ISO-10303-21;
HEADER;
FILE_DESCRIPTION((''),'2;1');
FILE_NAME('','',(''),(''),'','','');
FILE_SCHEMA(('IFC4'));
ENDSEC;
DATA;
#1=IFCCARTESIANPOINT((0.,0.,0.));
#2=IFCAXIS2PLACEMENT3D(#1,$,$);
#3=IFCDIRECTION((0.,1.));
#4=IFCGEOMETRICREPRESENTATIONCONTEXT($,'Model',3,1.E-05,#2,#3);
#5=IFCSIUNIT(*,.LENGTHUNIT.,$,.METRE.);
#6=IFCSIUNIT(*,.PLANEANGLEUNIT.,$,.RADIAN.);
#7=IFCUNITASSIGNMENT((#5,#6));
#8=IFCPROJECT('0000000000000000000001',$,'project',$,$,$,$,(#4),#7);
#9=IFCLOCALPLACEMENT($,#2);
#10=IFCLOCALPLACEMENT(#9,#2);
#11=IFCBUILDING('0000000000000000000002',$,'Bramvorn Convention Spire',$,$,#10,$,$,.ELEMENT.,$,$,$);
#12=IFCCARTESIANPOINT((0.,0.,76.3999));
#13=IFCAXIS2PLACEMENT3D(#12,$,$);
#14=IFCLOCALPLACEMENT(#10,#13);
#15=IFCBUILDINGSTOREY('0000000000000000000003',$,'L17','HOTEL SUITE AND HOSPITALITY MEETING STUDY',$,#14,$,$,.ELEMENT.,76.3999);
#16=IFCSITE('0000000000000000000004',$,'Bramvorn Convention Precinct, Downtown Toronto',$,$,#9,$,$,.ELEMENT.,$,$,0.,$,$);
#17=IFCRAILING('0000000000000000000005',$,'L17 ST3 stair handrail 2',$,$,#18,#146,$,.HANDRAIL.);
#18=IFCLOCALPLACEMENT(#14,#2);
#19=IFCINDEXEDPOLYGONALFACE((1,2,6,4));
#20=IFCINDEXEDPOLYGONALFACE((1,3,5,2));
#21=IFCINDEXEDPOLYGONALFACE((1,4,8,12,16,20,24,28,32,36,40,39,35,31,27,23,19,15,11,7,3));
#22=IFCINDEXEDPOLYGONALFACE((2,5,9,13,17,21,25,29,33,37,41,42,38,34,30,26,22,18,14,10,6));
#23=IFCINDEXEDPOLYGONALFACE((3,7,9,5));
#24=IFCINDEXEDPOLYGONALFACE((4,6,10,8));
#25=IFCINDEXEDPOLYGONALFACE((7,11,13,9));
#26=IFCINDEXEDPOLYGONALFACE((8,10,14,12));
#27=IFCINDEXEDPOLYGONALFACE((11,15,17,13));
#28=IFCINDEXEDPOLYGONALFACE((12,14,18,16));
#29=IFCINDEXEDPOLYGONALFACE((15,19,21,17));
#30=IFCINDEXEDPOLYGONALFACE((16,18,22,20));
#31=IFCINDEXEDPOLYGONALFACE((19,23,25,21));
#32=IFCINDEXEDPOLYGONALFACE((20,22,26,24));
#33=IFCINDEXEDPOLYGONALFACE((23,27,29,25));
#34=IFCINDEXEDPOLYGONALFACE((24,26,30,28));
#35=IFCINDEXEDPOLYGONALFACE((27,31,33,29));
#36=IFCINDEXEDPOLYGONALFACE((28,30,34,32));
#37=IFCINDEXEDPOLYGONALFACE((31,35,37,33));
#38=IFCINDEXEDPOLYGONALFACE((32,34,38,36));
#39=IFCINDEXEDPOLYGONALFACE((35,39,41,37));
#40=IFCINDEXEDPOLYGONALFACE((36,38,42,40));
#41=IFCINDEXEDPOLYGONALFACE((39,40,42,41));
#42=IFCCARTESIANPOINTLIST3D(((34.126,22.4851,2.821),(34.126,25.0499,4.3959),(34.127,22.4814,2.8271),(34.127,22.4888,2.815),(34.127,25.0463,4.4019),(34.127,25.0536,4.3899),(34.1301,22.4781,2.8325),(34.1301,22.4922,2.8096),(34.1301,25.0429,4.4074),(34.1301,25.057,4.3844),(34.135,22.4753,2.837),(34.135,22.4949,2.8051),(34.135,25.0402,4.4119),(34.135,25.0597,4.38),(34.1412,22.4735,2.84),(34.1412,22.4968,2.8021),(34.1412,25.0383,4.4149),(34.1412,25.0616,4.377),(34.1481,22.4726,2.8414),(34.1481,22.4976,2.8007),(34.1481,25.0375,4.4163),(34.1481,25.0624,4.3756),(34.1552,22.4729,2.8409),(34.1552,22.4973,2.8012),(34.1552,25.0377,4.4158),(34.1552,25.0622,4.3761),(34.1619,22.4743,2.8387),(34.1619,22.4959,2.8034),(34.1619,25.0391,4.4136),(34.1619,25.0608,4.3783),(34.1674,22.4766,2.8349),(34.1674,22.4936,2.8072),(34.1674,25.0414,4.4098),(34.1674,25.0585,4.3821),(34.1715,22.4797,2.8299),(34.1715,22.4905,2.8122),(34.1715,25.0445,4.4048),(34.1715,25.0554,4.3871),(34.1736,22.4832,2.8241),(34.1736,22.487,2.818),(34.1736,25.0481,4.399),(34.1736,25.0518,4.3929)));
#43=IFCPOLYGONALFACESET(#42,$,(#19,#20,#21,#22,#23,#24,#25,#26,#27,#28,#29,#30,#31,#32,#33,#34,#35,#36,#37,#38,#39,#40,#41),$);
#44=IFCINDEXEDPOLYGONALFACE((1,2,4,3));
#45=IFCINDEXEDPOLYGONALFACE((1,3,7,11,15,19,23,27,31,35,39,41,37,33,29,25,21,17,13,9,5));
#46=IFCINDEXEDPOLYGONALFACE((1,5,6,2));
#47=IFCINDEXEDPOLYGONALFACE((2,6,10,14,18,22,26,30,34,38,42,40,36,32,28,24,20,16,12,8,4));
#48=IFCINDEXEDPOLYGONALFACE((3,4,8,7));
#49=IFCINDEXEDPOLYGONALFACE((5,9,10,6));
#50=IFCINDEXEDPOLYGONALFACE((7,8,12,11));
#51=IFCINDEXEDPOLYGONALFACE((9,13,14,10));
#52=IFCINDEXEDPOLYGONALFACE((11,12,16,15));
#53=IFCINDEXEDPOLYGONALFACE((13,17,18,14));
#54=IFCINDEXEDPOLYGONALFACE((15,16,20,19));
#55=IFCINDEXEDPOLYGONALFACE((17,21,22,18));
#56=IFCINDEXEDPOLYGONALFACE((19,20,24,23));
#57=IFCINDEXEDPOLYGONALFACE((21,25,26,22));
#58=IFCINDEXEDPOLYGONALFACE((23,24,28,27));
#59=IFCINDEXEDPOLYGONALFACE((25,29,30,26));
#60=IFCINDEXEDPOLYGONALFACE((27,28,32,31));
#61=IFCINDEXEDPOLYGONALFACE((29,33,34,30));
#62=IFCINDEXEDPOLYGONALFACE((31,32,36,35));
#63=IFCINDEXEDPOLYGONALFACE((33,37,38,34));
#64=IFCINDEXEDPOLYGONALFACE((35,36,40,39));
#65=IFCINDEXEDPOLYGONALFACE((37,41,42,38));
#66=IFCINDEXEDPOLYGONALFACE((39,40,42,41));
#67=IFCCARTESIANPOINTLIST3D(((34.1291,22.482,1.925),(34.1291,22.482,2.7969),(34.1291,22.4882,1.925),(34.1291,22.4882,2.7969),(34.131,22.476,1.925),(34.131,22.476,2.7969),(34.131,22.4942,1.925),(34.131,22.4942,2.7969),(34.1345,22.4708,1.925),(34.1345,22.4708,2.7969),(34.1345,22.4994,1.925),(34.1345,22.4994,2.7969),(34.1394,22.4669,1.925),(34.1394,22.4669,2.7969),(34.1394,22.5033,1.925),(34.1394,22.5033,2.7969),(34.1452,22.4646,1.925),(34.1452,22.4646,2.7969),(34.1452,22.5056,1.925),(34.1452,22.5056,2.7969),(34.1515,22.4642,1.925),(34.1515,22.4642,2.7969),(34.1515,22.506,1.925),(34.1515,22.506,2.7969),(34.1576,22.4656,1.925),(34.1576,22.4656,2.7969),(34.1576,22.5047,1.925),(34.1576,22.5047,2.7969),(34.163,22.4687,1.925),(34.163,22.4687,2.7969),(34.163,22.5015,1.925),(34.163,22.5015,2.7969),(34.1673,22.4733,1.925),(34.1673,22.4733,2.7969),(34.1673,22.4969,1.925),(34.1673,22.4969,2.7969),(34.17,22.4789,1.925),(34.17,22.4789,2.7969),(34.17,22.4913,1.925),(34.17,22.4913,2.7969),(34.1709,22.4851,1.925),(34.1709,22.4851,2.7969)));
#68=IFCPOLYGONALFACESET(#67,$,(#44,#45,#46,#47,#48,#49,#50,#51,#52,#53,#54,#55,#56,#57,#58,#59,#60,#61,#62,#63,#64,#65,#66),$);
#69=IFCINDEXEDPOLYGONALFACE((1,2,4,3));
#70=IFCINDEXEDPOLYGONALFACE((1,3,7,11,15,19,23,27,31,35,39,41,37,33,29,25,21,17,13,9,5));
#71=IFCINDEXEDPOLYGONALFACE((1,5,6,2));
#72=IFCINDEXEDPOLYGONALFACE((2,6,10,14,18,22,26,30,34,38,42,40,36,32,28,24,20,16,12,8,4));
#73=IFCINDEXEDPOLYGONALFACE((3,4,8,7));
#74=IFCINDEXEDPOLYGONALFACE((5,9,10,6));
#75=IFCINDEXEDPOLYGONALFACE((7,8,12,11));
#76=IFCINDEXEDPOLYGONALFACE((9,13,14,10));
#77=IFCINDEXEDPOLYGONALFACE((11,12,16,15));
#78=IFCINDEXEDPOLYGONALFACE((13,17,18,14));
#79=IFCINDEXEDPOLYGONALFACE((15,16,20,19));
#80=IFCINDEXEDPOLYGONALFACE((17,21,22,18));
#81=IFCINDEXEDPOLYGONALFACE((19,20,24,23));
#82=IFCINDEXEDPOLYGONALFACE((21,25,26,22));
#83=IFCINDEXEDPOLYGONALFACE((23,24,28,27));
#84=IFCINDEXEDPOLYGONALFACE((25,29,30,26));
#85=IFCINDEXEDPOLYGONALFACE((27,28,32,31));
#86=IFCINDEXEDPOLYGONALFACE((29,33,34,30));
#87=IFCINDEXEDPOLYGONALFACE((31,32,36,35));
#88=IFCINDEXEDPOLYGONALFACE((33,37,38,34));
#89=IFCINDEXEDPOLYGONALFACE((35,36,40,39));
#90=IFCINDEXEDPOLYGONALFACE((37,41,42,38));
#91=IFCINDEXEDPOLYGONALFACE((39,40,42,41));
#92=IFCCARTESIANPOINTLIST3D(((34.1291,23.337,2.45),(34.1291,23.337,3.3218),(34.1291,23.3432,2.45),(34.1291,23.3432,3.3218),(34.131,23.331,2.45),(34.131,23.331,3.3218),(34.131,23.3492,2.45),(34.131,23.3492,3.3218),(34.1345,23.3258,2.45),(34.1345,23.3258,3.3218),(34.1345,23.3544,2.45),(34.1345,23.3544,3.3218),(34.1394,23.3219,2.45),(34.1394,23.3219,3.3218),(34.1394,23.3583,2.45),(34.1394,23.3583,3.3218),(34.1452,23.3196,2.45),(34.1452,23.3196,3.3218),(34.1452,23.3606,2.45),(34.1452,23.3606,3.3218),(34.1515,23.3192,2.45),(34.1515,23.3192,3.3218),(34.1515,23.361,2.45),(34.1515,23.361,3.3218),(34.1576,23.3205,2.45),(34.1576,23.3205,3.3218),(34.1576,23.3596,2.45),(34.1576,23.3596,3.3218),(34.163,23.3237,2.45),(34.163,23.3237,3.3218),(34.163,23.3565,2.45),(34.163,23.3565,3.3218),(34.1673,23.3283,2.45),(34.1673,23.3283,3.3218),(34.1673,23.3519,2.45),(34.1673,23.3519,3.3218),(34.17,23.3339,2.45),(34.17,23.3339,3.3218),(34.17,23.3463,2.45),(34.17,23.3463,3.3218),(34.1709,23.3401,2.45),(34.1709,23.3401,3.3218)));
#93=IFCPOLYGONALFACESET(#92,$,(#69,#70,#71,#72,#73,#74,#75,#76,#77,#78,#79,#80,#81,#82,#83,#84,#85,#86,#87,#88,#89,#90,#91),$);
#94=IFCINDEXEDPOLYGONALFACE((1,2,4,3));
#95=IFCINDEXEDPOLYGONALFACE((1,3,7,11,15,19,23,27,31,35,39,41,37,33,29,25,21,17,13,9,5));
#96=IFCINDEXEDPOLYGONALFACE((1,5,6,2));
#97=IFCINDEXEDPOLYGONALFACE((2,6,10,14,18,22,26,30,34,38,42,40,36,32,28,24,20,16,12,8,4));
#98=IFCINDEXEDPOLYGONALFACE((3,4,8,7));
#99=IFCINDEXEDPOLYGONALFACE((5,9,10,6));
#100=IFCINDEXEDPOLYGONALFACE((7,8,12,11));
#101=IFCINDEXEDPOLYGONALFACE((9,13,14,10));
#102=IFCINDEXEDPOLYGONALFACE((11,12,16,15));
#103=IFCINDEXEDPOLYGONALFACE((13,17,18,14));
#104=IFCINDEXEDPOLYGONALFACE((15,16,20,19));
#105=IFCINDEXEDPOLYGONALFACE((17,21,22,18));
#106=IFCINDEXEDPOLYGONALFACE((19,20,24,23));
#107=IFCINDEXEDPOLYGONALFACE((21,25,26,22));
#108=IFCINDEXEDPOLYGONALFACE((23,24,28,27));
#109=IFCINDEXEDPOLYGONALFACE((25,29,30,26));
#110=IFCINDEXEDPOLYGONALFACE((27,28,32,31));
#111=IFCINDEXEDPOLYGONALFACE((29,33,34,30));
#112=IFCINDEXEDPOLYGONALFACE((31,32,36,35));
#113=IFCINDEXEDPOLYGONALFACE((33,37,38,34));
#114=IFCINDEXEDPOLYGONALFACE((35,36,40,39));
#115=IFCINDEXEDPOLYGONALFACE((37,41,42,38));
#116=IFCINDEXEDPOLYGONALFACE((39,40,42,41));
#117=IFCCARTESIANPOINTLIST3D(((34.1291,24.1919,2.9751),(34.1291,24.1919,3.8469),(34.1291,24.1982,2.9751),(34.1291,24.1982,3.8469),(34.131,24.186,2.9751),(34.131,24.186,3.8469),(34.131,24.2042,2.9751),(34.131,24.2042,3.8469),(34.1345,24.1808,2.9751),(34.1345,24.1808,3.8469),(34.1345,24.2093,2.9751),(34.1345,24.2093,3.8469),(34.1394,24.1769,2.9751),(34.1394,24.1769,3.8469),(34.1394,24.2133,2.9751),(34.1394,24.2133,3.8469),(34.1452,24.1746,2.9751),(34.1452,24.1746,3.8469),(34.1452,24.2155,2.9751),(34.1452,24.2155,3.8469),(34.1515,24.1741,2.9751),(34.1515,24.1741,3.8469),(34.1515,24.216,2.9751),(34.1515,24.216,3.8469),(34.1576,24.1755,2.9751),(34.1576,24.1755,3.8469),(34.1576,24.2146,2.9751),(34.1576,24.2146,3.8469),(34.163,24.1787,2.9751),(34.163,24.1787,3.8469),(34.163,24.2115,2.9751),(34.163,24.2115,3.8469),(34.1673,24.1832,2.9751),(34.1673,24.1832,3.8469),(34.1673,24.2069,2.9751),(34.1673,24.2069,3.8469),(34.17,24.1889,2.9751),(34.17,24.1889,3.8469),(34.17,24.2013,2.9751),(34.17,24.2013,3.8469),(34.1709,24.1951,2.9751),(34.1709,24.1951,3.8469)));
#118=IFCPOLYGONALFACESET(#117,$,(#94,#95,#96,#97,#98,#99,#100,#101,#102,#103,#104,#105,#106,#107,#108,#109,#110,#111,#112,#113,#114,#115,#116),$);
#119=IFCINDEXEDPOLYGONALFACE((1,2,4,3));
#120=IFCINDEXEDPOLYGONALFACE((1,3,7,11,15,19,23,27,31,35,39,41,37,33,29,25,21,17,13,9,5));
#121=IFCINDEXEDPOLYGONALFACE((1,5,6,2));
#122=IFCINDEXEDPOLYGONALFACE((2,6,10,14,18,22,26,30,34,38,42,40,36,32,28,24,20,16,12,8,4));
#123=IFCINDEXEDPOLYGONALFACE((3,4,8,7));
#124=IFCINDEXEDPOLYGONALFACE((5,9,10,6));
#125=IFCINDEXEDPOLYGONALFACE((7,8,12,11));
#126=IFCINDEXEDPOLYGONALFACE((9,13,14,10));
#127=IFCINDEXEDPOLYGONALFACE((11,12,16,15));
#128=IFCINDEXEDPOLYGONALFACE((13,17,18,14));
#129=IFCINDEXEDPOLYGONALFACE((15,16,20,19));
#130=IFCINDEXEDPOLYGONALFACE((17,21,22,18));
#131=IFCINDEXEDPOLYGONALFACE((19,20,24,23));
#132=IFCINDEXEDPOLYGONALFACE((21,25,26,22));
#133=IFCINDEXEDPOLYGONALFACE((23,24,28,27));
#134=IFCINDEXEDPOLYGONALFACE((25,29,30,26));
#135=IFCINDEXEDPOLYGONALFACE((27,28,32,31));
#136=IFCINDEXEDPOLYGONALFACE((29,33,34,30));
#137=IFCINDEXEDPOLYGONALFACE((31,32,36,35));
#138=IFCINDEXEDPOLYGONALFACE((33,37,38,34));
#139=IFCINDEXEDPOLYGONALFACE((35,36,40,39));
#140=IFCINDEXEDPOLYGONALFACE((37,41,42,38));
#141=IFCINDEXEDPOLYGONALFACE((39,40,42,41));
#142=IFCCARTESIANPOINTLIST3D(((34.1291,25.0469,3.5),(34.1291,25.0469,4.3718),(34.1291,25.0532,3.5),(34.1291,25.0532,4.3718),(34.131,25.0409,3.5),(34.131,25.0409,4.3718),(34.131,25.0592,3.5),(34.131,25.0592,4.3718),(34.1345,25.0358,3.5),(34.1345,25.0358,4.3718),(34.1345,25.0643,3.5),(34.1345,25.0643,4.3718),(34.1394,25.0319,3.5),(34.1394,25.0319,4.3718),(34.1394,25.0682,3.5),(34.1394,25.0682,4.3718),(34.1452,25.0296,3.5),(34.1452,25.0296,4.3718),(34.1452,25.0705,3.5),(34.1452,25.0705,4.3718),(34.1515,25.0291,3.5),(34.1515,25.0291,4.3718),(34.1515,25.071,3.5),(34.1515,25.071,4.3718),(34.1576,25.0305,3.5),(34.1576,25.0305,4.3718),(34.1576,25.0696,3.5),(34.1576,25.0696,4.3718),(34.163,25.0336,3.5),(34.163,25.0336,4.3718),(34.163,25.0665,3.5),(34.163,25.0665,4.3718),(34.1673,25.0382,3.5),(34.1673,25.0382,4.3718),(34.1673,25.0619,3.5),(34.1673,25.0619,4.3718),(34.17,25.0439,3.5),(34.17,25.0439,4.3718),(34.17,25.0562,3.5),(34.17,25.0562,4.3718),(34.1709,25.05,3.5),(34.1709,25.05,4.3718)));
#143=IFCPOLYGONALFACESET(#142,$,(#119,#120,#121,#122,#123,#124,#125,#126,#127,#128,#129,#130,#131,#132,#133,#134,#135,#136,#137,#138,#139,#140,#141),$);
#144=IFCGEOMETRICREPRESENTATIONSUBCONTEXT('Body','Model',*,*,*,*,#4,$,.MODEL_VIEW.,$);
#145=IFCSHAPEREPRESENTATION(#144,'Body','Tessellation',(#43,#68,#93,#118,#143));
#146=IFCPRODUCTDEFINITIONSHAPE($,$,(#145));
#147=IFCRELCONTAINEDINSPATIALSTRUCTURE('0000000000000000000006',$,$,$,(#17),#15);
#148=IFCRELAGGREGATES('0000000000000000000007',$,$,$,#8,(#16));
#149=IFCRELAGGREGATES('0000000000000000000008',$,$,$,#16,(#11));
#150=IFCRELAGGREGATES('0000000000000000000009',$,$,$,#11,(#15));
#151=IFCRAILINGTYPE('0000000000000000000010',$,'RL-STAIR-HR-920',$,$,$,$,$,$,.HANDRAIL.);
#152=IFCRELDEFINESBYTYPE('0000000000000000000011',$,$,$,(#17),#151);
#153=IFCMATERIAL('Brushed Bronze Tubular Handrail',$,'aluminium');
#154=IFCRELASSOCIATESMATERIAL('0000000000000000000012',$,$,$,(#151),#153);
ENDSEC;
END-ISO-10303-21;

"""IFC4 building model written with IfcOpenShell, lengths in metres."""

from ifc_helpers import new_model, si_unit, direction, frame, origin, origin_2d, place, context, subcontext, project, spatial, circle, extrude, material, type_object, element, save


model = new_model("IFC4")

# Units and contexts
model_context = context("Model", 3, precision=1e-05, world=origin(), true_north=direction((0.0, 1.0)))
body_context = subcontext(model_context, "Body", "Model", "MODEL_VIEW")
ifc_project = project(units=[si_unit("LENGTHUNIT", "METRE"), si_unit("PLANEANGLEUNIT", "RADIAN")], contexts=[model_context])

# Site, building, storey
site_placement = place(None, origin())
site = spatial("IfcSite", under=ifc_project, at=site_placement, Name="Bramvorn Convention Precinct, Downtown Toronto", CompositionType="ELEMENT", RefElevation=0.0)
building_placement = place(site_placement, origin())
building = spatial("IfcBuilding", under=site, at=building_placement, Name="Bramvorn Convention Spire", CompositionType="ELEMENT")
storey_placement = place(building_placement, frame((0.0, 0.0, 76.3999)))
storey = spatial("IfcBuildingStorey", under=building, at=storey_placement, Name="L17", Description="HOTEL SUITE AND HOSPITALITY MEETING STUDY", CompositionType="ELEMENT", Elevation=76.3999)

# Railing
ifc_material_1 = material(Name="Brushed Bronze Tubular Handrail", Category="aluminium")
railing_type_1 = type_object("IfcRailingType", Name="RL-STAIR-HR-920", PredefinedType="HANDRAIL", material=ifc_material_1)
railing_1_placement = place(storey_placement, frame((34.1499, 22.4851, 1.925)))
element("IfcRailing", 1, at=railing_1_placement, inside=storey, type_object=railing_type_1, Name="L17 ST3 stair handrail 2", PredefinedType="HANDRAIL", context=body_context, shape_type="SweptSolid", body=[
    extrude(circle(Radius=0.0239, at=origin_2d()), frame((0.0, 0.0, 0.896), z_axis=(0.0, 0.852173, 0.52326), x_axis=(-1.0, 0.0, 0.0)), (0.0, 0.0, 1.0), 3.0098),
    extrude(circle(Radius=0.021, at=origin_2d()), origin(), (0.0, 0.0, 1.0), 0.8718),
    extrude(circle(Radius=0.021, at=origin_2d()), frame((0.0, 0.855, 0.5249)), (0.0, 0.0, 1.0), 0.8718),
    extrude(circle(Radius=0.021, at=origin_2d()), frame((0.0, 1.71, 1.05)), (0.0, 0.0, 1.0), 0.8718),
    extrude(circle(Radius=0.021, at=origin_2d()), frame((0.0, 2.5649, 1.575)), (0.0, 0.0, 1.0), 0.8718),
])

save(model, "model.ifc")
